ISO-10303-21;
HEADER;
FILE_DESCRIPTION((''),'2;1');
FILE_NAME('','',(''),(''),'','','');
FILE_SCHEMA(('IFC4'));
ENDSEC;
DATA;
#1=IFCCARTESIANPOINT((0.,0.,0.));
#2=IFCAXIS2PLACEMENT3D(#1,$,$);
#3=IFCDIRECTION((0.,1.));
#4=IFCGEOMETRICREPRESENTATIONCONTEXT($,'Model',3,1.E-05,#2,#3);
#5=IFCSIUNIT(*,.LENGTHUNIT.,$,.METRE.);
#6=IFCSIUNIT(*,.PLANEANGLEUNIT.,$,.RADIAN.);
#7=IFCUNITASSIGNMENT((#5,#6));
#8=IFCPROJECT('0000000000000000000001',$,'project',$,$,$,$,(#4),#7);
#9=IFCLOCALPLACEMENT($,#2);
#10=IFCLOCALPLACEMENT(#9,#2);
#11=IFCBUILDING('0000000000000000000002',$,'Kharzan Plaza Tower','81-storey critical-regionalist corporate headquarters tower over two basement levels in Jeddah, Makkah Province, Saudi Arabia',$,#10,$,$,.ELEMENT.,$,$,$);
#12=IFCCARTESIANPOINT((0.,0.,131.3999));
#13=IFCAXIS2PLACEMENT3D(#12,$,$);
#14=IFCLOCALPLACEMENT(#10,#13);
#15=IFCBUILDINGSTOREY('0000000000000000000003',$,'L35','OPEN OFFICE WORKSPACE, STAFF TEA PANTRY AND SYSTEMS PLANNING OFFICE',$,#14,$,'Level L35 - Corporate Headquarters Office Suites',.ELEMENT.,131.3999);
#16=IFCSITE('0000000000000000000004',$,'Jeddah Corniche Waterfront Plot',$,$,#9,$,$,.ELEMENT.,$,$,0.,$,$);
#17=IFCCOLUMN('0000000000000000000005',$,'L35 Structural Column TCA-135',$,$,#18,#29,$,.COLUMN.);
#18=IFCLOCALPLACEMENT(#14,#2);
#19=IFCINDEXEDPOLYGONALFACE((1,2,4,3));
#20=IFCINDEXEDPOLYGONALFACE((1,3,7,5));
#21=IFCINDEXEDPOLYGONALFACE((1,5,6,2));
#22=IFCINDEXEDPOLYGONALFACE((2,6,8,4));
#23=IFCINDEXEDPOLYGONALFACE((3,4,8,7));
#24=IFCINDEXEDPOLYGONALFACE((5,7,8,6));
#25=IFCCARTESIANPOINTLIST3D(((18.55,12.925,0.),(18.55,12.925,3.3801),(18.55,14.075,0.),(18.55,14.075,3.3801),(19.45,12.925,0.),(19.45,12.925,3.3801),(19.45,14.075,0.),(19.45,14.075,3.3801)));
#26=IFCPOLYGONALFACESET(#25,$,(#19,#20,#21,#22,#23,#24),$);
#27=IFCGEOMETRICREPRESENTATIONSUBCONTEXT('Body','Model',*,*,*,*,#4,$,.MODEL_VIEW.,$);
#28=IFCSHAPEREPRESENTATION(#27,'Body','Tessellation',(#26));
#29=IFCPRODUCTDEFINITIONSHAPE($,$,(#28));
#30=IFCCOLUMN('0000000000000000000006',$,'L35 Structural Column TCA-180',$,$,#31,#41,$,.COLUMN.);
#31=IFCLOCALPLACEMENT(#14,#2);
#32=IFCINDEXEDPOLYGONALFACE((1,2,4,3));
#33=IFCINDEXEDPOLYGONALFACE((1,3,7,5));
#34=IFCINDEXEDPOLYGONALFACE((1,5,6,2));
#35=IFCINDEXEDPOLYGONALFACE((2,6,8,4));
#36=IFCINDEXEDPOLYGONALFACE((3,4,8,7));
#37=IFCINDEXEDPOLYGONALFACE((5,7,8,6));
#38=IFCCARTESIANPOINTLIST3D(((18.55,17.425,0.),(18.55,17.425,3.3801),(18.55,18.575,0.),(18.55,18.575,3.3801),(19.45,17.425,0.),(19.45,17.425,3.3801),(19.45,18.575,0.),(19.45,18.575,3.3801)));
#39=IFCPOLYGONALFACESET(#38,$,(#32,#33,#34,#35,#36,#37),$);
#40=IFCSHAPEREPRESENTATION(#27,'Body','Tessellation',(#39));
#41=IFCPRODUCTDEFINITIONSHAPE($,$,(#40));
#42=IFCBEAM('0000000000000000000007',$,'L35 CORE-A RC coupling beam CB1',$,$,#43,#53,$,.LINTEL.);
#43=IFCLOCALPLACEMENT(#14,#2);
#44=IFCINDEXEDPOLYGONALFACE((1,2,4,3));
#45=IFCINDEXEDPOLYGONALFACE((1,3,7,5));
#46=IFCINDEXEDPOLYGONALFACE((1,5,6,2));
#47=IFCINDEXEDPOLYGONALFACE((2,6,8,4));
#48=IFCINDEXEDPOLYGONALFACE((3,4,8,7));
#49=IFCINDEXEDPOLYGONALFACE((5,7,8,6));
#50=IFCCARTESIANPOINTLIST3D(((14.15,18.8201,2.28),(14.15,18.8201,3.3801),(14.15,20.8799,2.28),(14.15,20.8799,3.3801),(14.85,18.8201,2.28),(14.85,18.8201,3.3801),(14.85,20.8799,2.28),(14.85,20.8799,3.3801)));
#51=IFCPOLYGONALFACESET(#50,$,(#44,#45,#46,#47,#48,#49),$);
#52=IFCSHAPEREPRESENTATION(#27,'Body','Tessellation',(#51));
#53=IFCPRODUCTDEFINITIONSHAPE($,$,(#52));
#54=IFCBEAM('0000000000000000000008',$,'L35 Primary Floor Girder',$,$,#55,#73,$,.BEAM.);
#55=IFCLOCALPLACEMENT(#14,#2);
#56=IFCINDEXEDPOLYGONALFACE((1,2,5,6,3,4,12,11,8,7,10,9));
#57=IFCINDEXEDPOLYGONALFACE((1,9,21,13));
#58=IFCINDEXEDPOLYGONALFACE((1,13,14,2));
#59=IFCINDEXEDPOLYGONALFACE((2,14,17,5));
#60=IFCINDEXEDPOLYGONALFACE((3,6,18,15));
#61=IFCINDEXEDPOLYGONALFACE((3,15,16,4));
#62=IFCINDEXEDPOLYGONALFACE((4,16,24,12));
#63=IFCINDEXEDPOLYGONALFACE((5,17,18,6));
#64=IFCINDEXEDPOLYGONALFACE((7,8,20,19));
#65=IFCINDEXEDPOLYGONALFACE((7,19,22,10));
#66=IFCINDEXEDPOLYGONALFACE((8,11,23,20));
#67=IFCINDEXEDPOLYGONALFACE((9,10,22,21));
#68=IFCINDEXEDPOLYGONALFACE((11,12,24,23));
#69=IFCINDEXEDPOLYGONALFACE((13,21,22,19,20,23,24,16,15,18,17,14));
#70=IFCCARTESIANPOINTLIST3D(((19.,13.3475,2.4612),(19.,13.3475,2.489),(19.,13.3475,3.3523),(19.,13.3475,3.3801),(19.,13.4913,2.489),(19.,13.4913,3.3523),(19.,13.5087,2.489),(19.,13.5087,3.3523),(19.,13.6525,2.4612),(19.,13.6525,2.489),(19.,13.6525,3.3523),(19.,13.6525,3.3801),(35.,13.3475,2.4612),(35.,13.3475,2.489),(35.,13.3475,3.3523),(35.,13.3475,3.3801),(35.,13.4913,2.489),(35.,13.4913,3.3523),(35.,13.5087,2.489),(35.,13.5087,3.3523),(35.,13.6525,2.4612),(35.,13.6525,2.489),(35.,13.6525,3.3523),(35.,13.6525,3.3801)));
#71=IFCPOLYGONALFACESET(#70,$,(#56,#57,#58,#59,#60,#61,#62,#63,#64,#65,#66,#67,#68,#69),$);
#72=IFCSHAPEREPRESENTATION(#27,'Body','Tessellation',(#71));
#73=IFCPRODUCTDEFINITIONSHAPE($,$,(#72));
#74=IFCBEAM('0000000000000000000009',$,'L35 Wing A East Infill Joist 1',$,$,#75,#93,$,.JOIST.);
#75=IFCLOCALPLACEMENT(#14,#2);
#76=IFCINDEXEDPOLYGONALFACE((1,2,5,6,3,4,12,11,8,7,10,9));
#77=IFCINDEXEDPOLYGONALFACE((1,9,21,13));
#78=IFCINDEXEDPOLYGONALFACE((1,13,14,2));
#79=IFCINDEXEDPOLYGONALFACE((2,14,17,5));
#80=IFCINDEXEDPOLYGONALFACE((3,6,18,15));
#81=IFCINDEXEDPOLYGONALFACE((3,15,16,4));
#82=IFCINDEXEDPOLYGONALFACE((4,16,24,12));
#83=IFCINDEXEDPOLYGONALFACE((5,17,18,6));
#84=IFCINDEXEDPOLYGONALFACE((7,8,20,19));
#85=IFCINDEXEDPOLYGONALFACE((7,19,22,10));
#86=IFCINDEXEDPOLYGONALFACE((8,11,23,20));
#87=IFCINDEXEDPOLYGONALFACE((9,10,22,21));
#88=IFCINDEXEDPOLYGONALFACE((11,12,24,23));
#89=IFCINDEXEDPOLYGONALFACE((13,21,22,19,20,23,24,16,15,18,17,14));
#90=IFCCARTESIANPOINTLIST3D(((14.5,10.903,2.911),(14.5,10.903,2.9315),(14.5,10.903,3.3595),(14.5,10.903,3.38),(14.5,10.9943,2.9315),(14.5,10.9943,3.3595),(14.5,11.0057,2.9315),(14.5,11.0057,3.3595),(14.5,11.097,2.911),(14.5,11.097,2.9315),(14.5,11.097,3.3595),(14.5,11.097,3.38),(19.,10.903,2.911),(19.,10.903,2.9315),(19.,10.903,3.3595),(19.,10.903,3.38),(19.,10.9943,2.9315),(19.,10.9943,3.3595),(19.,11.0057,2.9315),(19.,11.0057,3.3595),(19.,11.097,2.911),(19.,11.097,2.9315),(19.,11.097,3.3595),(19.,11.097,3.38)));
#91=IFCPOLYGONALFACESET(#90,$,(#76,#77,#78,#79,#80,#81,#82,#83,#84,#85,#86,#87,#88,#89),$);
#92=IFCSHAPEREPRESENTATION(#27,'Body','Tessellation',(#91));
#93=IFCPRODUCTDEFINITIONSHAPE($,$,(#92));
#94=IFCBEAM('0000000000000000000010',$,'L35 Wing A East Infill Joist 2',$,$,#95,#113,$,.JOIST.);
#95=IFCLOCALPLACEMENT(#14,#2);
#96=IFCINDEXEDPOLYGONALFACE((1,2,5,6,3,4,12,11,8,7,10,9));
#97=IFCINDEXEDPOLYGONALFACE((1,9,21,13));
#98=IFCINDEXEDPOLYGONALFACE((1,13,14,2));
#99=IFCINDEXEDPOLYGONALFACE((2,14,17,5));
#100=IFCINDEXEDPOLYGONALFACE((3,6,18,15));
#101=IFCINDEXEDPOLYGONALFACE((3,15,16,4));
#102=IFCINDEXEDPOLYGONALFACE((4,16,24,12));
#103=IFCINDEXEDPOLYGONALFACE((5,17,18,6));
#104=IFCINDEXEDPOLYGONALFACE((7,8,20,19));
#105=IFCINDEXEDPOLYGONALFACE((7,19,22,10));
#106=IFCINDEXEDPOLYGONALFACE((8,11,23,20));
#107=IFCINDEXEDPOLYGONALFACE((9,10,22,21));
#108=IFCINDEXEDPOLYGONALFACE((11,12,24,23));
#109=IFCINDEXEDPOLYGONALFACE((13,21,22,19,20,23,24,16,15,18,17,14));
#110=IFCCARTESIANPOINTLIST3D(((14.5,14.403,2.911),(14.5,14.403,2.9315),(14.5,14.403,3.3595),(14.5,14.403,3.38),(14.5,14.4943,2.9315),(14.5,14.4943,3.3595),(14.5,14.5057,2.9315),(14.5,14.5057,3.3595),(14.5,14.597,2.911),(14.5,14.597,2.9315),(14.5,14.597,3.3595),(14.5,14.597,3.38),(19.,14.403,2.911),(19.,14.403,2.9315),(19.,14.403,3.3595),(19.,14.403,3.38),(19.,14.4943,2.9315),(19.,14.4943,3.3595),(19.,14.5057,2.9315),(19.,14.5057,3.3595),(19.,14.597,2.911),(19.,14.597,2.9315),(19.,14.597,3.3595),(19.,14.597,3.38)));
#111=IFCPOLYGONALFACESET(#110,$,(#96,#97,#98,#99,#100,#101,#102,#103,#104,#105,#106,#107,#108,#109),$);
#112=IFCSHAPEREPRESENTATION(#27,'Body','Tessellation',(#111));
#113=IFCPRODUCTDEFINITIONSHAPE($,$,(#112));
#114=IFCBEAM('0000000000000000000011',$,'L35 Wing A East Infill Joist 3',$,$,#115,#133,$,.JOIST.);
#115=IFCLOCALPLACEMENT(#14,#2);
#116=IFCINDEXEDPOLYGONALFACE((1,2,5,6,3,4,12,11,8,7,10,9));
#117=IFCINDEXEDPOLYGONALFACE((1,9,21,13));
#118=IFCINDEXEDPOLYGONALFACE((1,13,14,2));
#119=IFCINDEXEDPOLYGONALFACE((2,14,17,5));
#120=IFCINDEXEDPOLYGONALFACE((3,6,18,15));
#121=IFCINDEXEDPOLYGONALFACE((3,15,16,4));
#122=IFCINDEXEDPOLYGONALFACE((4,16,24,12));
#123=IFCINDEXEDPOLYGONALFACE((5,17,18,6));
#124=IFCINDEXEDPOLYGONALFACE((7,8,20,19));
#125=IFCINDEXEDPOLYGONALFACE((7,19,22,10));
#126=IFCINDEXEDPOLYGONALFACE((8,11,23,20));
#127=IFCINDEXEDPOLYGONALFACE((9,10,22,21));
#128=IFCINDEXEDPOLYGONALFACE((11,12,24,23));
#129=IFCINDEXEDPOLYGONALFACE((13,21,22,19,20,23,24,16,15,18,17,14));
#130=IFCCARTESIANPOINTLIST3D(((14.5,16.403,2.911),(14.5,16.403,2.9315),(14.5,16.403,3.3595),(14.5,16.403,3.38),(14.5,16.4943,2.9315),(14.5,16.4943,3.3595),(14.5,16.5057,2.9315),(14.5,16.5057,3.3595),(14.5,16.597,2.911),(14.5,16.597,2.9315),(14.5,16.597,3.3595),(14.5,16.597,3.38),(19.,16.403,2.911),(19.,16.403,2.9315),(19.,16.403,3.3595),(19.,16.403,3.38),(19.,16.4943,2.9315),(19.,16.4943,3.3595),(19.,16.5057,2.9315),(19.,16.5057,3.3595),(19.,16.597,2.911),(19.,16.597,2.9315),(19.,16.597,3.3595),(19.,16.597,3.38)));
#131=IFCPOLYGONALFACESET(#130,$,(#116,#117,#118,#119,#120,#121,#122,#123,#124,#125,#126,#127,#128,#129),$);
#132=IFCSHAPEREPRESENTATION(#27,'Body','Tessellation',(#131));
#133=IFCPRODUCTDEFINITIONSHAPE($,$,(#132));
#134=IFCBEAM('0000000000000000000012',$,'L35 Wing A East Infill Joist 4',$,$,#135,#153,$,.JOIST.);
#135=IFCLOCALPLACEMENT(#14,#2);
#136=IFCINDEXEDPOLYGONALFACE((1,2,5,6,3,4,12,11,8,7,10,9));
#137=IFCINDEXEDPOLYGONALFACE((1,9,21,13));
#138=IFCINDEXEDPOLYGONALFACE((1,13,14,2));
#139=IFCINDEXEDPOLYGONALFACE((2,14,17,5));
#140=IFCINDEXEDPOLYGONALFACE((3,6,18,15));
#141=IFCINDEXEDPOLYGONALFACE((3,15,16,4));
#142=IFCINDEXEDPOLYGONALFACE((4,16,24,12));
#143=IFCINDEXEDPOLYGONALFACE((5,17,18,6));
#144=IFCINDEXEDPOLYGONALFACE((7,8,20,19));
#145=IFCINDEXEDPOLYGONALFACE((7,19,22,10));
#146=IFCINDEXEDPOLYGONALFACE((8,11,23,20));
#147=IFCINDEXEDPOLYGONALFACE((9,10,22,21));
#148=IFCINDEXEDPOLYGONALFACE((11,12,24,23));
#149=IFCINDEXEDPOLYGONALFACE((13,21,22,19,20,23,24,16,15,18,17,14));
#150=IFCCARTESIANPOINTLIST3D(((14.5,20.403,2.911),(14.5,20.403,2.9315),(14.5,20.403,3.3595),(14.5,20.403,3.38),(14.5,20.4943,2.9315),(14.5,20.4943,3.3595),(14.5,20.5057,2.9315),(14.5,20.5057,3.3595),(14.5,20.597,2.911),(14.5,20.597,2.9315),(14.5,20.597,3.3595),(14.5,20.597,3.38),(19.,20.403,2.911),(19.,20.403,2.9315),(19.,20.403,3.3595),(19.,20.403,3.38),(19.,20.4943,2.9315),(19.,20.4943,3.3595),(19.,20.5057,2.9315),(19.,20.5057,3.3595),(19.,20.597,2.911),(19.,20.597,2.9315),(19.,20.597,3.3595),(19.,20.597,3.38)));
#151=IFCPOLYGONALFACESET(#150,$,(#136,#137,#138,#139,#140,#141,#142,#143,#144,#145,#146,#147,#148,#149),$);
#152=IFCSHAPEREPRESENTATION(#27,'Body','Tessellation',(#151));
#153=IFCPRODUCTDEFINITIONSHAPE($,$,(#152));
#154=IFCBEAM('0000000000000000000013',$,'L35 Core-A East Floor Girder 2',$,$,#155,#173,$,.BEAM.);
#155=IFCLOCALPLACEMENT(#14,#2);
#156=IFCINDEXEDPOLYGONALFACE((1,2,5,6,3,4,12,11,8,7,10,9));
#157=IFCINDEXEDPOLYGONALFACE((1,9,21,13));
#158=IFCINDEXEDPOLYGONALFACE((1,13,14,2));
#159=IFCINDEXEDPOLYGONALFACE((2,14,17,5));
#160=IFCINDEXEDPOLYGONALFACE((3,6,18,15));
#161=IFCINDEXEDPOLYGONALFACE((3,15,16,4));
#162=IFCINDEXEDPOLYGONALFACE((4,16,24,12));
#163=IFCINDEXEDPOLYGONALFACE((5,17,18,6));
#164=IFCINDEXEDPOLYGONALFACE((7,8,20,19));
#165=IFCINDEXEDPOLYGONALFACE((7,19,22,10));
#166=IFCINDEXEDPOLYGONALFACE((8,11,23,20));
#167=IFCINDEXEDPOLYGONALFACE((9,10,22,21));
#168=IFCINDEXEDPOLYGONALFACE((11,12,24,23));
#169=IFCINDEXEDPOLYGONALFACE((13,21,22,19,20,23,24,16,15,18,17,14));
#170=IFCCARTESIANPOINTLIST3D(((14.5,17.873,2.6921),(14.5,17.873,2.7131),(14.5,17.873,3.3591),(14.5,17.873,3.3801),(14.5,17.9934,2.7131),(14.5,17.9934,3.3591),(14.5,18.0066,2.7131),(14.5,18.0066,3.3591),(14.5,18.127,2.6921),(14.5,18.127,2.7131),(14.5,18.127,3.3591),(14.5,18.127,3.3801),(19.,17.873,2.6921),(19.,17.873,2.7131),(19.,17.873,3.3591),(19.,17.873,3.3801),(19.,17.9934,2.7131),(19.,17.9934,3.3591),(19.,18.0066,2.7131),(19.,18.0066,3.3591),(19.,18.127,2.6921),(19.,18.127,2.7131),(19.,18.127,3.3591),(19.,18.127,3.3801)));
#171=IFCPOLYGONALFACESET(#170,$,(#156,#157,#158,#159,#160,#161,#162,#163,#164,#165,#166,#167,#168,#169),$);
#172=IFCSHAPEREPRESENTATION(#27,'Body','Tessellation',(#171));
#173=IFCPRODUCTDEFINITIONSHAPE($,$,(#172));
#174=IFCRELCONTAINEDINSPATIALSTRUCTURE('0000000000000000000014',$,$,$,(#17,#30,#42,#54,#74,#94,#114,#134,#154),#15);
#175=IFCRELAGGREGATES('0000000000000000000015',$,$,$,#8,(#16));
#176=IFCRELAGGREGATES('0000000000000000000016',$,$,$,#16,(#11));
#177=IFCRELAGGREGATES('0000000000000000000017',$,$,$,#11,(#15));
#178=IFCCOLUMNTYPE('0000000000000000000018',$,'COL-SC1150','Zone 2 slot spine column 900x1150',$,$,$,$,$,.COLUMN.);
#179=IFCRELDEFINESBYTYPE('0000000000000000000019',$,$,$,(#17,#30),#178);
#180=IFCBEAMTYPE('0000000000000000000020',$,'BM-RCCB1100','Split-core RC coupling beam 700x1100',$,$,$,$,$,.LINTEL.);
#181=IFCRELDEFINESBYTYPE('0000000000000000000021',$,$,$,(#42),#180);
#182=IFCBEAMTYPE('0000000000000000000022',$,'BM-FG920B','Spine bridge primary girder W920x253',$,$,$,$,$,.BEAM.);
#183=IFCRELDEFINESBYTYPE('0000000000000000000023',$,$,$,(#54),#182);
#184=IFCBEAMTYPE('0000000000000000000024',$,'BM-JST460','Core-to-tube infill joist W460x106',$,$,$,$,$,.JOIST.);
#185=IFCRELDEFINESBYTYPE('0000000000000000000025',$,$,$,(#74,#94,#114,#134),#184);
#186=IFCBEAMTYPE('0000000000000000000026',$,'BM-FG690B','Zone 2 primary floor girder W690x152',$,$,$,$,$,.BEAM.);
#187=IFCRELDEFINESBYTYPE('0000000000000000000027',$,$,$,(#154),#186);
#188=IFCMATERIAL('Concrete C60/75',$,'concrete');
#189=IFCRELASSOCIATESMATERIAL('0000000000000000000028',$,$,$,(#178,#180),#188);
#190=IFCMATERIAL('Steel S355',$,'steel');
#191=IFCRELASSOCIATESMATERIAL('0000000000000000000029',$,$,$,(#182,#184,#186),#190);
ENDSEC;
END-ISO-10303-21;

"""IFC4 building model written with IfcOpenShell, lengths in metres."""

from ifc_helpers import new_model, si_unit, direction, frame, origin, origin_2d, place, context, subcontext, project, spatial, rectangle, i_section, extrude, source, transform, mapped, material, material_profile, profile_set, type_object, element, save


model = new_model("IFC4")

# Units and contexts
model_context = context("Model", 3, precision=1e-05, world=origin(), true_north=direction((0.0, 1.0)))
body_context = subcontext(model_context, "Body", "Model", "MODEL_VIEW")
ifc_project = project(units=[si_unit("LENGTHUNIT", "METRE"), si_unit("PLANEANGLEUNIT", "RADIAN")], contexts=[model_context])

# Site, building, storey
site_placement = place(None, origin())
site = spatial("IfcSite", under=ifc_project, at=site_placement, Name="Jeddah Corniche Waterfront Plot", CompositionType="ELEMENT", RefElevation=0.0)
building_placement = place(site_placement, origin())
building = spatial("IfcBuilding", under=site, at=building_placement, Name="Kharzan Plaza Tower", Description="81-storey critical-regionalist corporate headquarters tower over two basement levels in Jeddah, Makkah Province, Saudi Arabia", CompositionType="ELEMENT")
storey_placement = place(building_placement, frame((0.0, 0.0, 131.3999)))
storey = spatial("IfcBuildingStorey", under=building, at=storey_placement, Name="L35", Description="OPEN OFFICE WORKSPACE, STAFF TEA PANTRY AND SYSTEMS PLANNING OFFICE", LongName="Level L35 - Corporate Headquarters Office Suites", CompositionType="ELEMENT", Elevation=131.3999)

# Columns
ifc_material_1 = material(Name="Concrete C60/75", Category="concrete")
ifc_material_profile_1 = material_profile(ifc_material_1, rectangle(XDim=0.8999, YDim=1.1499, at=origin_2d()), Name="RC-SC1150x900")
ifc_profile_set_1 = profile_set([ifc_material_profile_1], Name="Concrete C60/75")
column_type = type_object("IfcColumnType", Name="COL-SC1150", Description="Zone 2 slot spine column 900x1150", PredefinedType="COLUMN", material=ifc_profile_set_1)
shared_shape_1 = source(origin(), body_context, "Body", "SweptSolid", [
    extrude(rectangle(XDim=0.8999, YDim=1.1499, at=origin_2d()), origin(), (0.0, 0.0, 1.0), 3.3801),
])
for number, where, z_axis, x_axis, name in (
    (1, (19.0, 13.5, 0.0), (0.0, 0.0, 1.0), (1.0, 0.0, 0.0), "L35 Structural Column TCA-135"),
    (2, (19.0, 18.0, 0.0), (0.0, 0.0, 1.0), (1.0, 0.0, 0.0), "L35 Structural Column TCA-180"),
):
    element("IfcColumn", number, at=place(storey_placement, frame(where, z_axis=z_axis, x_axis=x_axis)), inside=storey, type_object=column_type, Name=name, PredefinedType="COLUMN", context=body_context, shape_type="MappedRepresentation", body=[
        mapped(shared_shape_1, transform((0.0, 0.0, 0.0), x_axis=(1.0, 0.0, 0.0), y_axis=(0.0, 1.0, 0.0), z_axis=(0.0, 0.0, 1.0))),
    ])

# Beams
ifc_material_profile_2 = material_profile(ifc_material_1, rectangle(XDim=0.7, YDim=1.1001, at=origin_2d()), Name="RC-CB1100x700")
ifc_profile_set_2 = profile_set([ifc_material_profile_2], Name="Concrete C60/75")
beam_type_1 = type_object("IfcBeamType", Name="BM-RCCB1100", Description="Split-core RC coupling beam 700x1100", PredefinedType="LINTEL", material=ifc_profile_set_2)
shared_shape_2 = source(origin(), body_context, "Body", "SweptSolid", [
    extrude(rectangle(XDim=0.7, YDim=1.1001, at=origin_2d()), origin(), (0.0, 0.0, 1.0), 2.0598),
])
beam_1_placement = place(storey_placement, frame((14.5, 18.8201, 2.8301), z_axis=(0.0, 1.0, 0.0), x_axis=(-1.0, 0.0, 0.0)))
element("IfcBeam", 3, at=beam_1_placement, inside=storey, type_object=beam_type_1, Name="L35 CORE-A RC coupling beam CB1", PredefinedType="LINTEL", context=body_context, shape_type="MappedRepresentation", body=[
    mapped(shared_shape_2, transform((0.0, 0.0, 0.0), x_axis=(1.0, 0.0, 0.0), y_axis=(0.0, 1.0, 0.0), z_axis=(0.0, 0.0, 1.0))),
])
ifc_material_2 = material(Name="Steel S355", Category="steel")
ifc_material_profile_3 = material_profile(ifc_material_2, i_section(OverallWidth=0.3049, OverallDepth=0.9189, WebThickness=0.0173, FlangeThickness=0.0278, at=origin_2d()), Name="W920x253")
ifc_profile_set_3 = profile_set([ifc_material_profile_3], Name="Steel S355")
beam_type_2 = type_object("IfcBeamType", Name="BM-FG920B", Description="Spine bridge primary girder W920x253", PredefinedType="BEAM", material=ifc_profile_set_3)
shared_shape_3 = source(origin(), body_context, "Body", "SweptSolid", [
    extrude(i_section(OverallWidth=0.3049, OverallDepth=0.9189, WebThickness=0.0173, FlangeThickness=0.0278, at=origin_2d()), origin(), (0.0, 0.0, 1.0), 16.0),
])
beam_2_placement = place(storey_placement, frame((19.0, 13.5, 2.9207), z_axis=(1.0, 0.0, 0.0), x_axis=(0.0, 1.0, 0.0)))
element("IfcBeam", 4, at=beam_2_placement, inside=storey, type_object=beam_type_2, Name="L35 Primary Floor Girder", PredefinedType="BEAM", context=body_context, shape_type="MappedRepresentation", body=[
    mapped(shared_shape_3, transform((0.0, 0.0, 0.0), x_axis=(1.0, 0.0, 0.0), y_axis=(0.0, 1.0, 0.0), z_axis=(0.0, 0.0, 1.0))),
])
ifc_material_profile_4 = material_profile(ifc_material_2, i_section(OverallWidth=0.1941, OverallDepth=0.469, WebThickness=0.0115, FlangeThickness=0.0205, at=origin_2d()), Name="W460x106")
ifc_profile_set_4 = profile_set([ifc_material_profile_4], Name="Steel S355")
beam_type_3 = type_object("IfcBeamType", Name="BM-JST460", Description="Core-to-tube infill joist W460x106", PredefinedType="JOIST", material=ifc_profile_set_4)
shared_shape_4 = source(origin(), body_context, "Body", "SweptSolid", [
    extrude(i_section(OverallWidth=0.1941, OverallDepth=0.469, WebThickness=0.0115, FlangeThickness=0.0205, at=origin_2d()), origin(), (0.0, 0.0, 1.0), 4.5),
])
for number, where, z_axis, x_axis, name in (
    (5, (14.5, 11.0, 3.1455), (1.0, 0.0, 0.0), (0.0, 1.0, 0.0), "L35 Wing A East Infill Joist 1"),
    (6, (14.5, 14.5, 3.1455), (1.0, 0.0, 0.0), (0.0, 1.0, 0.0), "L35 Wing A East Infill Joist 2"),
    (7, (14.5, 16.5, 3.1455), (1.0, 0.0, 0.0), (0.0, 1.0, 0.0), "L35 Wing A East Infill Joist 3"),
    (8, (14.5, 20.5, 3.1455), (1.0, 0.0, 0.0), (0.0, 1.0, 0.0), "L35 Wing A East Infill Joist 4"),
):
    element("IfcBeam", number, at=place(storey_placement, frame(where, z_axis=z_axis, x_axis=x_axis)), inside=storey, type_object=beam_type_3, Name=name, PredefinedType="JOIST", context=body_context, shape_type="MappedRepresentation", body=[
        mapped(shared_shape_4, transform((0.0, 0.0, 0.0), x_axis=(1.0, 0.0, 0.0), y_axis=(0.0, 1.0, 0.0), z_axis=(0.0, 0.0, 1.0))),
    ])
ifc_material_profile_5 = material_profile(ifc_material_2, i_section(OverallWidth=0.2539, OverallDepth=0.688, WebThickness=0.0132, FlangeThickness=0.021, at=origin_2d()), Name="W690x152")
ifc_profile_set_5 = profile_set([ifc_material_profile_5], Name="Steel S355")
beam_type_4 = type_object("IfcBeamType", Name="BM-FG690B", Description="Zone 2 primary floor girder W690x152", PredefinedType="BEAM", material=ifc_profile_set_5)
shared_shape_5 = source(origin(), body_context, "Body", "SweptSolid", [
    extrude(i_section(OverallWidth=0.2539, OverallDepth=0.688, WebThickness=0.0132, FlangeThickness=0.021, at=origin_2d()), origin(), (0.0, 0.0, 1.0), 4.5),
])
for number, where, z_axis, x_axis, name in (
    (9, (14.5, 18.0, 3.0361), (1.0, 0.0, 0.0), (0.0, 1.0, 0.0), "L35 Core-A East Floor Girder 2"),
):
    element("IfcBeam", number, at=place(storey_placement, frame(where, z_axis=z_axis, x_axis=x_axis)), inside=storey, type_object=beam_type_4, Name=name, PredefinedType="BEAM", context=body_context, shape_type="MappedRepresentation", body=[
        mapped(shared_shape_5, transform((0.0, 0.0, 0.0), x_axis=(1.0, 0.0, 0.0), y_axis=(0.0, 1.0, 0.0), z_axis=(0.0, 0.0, 1.0))),
    ])

save(model, "model.ifc")
